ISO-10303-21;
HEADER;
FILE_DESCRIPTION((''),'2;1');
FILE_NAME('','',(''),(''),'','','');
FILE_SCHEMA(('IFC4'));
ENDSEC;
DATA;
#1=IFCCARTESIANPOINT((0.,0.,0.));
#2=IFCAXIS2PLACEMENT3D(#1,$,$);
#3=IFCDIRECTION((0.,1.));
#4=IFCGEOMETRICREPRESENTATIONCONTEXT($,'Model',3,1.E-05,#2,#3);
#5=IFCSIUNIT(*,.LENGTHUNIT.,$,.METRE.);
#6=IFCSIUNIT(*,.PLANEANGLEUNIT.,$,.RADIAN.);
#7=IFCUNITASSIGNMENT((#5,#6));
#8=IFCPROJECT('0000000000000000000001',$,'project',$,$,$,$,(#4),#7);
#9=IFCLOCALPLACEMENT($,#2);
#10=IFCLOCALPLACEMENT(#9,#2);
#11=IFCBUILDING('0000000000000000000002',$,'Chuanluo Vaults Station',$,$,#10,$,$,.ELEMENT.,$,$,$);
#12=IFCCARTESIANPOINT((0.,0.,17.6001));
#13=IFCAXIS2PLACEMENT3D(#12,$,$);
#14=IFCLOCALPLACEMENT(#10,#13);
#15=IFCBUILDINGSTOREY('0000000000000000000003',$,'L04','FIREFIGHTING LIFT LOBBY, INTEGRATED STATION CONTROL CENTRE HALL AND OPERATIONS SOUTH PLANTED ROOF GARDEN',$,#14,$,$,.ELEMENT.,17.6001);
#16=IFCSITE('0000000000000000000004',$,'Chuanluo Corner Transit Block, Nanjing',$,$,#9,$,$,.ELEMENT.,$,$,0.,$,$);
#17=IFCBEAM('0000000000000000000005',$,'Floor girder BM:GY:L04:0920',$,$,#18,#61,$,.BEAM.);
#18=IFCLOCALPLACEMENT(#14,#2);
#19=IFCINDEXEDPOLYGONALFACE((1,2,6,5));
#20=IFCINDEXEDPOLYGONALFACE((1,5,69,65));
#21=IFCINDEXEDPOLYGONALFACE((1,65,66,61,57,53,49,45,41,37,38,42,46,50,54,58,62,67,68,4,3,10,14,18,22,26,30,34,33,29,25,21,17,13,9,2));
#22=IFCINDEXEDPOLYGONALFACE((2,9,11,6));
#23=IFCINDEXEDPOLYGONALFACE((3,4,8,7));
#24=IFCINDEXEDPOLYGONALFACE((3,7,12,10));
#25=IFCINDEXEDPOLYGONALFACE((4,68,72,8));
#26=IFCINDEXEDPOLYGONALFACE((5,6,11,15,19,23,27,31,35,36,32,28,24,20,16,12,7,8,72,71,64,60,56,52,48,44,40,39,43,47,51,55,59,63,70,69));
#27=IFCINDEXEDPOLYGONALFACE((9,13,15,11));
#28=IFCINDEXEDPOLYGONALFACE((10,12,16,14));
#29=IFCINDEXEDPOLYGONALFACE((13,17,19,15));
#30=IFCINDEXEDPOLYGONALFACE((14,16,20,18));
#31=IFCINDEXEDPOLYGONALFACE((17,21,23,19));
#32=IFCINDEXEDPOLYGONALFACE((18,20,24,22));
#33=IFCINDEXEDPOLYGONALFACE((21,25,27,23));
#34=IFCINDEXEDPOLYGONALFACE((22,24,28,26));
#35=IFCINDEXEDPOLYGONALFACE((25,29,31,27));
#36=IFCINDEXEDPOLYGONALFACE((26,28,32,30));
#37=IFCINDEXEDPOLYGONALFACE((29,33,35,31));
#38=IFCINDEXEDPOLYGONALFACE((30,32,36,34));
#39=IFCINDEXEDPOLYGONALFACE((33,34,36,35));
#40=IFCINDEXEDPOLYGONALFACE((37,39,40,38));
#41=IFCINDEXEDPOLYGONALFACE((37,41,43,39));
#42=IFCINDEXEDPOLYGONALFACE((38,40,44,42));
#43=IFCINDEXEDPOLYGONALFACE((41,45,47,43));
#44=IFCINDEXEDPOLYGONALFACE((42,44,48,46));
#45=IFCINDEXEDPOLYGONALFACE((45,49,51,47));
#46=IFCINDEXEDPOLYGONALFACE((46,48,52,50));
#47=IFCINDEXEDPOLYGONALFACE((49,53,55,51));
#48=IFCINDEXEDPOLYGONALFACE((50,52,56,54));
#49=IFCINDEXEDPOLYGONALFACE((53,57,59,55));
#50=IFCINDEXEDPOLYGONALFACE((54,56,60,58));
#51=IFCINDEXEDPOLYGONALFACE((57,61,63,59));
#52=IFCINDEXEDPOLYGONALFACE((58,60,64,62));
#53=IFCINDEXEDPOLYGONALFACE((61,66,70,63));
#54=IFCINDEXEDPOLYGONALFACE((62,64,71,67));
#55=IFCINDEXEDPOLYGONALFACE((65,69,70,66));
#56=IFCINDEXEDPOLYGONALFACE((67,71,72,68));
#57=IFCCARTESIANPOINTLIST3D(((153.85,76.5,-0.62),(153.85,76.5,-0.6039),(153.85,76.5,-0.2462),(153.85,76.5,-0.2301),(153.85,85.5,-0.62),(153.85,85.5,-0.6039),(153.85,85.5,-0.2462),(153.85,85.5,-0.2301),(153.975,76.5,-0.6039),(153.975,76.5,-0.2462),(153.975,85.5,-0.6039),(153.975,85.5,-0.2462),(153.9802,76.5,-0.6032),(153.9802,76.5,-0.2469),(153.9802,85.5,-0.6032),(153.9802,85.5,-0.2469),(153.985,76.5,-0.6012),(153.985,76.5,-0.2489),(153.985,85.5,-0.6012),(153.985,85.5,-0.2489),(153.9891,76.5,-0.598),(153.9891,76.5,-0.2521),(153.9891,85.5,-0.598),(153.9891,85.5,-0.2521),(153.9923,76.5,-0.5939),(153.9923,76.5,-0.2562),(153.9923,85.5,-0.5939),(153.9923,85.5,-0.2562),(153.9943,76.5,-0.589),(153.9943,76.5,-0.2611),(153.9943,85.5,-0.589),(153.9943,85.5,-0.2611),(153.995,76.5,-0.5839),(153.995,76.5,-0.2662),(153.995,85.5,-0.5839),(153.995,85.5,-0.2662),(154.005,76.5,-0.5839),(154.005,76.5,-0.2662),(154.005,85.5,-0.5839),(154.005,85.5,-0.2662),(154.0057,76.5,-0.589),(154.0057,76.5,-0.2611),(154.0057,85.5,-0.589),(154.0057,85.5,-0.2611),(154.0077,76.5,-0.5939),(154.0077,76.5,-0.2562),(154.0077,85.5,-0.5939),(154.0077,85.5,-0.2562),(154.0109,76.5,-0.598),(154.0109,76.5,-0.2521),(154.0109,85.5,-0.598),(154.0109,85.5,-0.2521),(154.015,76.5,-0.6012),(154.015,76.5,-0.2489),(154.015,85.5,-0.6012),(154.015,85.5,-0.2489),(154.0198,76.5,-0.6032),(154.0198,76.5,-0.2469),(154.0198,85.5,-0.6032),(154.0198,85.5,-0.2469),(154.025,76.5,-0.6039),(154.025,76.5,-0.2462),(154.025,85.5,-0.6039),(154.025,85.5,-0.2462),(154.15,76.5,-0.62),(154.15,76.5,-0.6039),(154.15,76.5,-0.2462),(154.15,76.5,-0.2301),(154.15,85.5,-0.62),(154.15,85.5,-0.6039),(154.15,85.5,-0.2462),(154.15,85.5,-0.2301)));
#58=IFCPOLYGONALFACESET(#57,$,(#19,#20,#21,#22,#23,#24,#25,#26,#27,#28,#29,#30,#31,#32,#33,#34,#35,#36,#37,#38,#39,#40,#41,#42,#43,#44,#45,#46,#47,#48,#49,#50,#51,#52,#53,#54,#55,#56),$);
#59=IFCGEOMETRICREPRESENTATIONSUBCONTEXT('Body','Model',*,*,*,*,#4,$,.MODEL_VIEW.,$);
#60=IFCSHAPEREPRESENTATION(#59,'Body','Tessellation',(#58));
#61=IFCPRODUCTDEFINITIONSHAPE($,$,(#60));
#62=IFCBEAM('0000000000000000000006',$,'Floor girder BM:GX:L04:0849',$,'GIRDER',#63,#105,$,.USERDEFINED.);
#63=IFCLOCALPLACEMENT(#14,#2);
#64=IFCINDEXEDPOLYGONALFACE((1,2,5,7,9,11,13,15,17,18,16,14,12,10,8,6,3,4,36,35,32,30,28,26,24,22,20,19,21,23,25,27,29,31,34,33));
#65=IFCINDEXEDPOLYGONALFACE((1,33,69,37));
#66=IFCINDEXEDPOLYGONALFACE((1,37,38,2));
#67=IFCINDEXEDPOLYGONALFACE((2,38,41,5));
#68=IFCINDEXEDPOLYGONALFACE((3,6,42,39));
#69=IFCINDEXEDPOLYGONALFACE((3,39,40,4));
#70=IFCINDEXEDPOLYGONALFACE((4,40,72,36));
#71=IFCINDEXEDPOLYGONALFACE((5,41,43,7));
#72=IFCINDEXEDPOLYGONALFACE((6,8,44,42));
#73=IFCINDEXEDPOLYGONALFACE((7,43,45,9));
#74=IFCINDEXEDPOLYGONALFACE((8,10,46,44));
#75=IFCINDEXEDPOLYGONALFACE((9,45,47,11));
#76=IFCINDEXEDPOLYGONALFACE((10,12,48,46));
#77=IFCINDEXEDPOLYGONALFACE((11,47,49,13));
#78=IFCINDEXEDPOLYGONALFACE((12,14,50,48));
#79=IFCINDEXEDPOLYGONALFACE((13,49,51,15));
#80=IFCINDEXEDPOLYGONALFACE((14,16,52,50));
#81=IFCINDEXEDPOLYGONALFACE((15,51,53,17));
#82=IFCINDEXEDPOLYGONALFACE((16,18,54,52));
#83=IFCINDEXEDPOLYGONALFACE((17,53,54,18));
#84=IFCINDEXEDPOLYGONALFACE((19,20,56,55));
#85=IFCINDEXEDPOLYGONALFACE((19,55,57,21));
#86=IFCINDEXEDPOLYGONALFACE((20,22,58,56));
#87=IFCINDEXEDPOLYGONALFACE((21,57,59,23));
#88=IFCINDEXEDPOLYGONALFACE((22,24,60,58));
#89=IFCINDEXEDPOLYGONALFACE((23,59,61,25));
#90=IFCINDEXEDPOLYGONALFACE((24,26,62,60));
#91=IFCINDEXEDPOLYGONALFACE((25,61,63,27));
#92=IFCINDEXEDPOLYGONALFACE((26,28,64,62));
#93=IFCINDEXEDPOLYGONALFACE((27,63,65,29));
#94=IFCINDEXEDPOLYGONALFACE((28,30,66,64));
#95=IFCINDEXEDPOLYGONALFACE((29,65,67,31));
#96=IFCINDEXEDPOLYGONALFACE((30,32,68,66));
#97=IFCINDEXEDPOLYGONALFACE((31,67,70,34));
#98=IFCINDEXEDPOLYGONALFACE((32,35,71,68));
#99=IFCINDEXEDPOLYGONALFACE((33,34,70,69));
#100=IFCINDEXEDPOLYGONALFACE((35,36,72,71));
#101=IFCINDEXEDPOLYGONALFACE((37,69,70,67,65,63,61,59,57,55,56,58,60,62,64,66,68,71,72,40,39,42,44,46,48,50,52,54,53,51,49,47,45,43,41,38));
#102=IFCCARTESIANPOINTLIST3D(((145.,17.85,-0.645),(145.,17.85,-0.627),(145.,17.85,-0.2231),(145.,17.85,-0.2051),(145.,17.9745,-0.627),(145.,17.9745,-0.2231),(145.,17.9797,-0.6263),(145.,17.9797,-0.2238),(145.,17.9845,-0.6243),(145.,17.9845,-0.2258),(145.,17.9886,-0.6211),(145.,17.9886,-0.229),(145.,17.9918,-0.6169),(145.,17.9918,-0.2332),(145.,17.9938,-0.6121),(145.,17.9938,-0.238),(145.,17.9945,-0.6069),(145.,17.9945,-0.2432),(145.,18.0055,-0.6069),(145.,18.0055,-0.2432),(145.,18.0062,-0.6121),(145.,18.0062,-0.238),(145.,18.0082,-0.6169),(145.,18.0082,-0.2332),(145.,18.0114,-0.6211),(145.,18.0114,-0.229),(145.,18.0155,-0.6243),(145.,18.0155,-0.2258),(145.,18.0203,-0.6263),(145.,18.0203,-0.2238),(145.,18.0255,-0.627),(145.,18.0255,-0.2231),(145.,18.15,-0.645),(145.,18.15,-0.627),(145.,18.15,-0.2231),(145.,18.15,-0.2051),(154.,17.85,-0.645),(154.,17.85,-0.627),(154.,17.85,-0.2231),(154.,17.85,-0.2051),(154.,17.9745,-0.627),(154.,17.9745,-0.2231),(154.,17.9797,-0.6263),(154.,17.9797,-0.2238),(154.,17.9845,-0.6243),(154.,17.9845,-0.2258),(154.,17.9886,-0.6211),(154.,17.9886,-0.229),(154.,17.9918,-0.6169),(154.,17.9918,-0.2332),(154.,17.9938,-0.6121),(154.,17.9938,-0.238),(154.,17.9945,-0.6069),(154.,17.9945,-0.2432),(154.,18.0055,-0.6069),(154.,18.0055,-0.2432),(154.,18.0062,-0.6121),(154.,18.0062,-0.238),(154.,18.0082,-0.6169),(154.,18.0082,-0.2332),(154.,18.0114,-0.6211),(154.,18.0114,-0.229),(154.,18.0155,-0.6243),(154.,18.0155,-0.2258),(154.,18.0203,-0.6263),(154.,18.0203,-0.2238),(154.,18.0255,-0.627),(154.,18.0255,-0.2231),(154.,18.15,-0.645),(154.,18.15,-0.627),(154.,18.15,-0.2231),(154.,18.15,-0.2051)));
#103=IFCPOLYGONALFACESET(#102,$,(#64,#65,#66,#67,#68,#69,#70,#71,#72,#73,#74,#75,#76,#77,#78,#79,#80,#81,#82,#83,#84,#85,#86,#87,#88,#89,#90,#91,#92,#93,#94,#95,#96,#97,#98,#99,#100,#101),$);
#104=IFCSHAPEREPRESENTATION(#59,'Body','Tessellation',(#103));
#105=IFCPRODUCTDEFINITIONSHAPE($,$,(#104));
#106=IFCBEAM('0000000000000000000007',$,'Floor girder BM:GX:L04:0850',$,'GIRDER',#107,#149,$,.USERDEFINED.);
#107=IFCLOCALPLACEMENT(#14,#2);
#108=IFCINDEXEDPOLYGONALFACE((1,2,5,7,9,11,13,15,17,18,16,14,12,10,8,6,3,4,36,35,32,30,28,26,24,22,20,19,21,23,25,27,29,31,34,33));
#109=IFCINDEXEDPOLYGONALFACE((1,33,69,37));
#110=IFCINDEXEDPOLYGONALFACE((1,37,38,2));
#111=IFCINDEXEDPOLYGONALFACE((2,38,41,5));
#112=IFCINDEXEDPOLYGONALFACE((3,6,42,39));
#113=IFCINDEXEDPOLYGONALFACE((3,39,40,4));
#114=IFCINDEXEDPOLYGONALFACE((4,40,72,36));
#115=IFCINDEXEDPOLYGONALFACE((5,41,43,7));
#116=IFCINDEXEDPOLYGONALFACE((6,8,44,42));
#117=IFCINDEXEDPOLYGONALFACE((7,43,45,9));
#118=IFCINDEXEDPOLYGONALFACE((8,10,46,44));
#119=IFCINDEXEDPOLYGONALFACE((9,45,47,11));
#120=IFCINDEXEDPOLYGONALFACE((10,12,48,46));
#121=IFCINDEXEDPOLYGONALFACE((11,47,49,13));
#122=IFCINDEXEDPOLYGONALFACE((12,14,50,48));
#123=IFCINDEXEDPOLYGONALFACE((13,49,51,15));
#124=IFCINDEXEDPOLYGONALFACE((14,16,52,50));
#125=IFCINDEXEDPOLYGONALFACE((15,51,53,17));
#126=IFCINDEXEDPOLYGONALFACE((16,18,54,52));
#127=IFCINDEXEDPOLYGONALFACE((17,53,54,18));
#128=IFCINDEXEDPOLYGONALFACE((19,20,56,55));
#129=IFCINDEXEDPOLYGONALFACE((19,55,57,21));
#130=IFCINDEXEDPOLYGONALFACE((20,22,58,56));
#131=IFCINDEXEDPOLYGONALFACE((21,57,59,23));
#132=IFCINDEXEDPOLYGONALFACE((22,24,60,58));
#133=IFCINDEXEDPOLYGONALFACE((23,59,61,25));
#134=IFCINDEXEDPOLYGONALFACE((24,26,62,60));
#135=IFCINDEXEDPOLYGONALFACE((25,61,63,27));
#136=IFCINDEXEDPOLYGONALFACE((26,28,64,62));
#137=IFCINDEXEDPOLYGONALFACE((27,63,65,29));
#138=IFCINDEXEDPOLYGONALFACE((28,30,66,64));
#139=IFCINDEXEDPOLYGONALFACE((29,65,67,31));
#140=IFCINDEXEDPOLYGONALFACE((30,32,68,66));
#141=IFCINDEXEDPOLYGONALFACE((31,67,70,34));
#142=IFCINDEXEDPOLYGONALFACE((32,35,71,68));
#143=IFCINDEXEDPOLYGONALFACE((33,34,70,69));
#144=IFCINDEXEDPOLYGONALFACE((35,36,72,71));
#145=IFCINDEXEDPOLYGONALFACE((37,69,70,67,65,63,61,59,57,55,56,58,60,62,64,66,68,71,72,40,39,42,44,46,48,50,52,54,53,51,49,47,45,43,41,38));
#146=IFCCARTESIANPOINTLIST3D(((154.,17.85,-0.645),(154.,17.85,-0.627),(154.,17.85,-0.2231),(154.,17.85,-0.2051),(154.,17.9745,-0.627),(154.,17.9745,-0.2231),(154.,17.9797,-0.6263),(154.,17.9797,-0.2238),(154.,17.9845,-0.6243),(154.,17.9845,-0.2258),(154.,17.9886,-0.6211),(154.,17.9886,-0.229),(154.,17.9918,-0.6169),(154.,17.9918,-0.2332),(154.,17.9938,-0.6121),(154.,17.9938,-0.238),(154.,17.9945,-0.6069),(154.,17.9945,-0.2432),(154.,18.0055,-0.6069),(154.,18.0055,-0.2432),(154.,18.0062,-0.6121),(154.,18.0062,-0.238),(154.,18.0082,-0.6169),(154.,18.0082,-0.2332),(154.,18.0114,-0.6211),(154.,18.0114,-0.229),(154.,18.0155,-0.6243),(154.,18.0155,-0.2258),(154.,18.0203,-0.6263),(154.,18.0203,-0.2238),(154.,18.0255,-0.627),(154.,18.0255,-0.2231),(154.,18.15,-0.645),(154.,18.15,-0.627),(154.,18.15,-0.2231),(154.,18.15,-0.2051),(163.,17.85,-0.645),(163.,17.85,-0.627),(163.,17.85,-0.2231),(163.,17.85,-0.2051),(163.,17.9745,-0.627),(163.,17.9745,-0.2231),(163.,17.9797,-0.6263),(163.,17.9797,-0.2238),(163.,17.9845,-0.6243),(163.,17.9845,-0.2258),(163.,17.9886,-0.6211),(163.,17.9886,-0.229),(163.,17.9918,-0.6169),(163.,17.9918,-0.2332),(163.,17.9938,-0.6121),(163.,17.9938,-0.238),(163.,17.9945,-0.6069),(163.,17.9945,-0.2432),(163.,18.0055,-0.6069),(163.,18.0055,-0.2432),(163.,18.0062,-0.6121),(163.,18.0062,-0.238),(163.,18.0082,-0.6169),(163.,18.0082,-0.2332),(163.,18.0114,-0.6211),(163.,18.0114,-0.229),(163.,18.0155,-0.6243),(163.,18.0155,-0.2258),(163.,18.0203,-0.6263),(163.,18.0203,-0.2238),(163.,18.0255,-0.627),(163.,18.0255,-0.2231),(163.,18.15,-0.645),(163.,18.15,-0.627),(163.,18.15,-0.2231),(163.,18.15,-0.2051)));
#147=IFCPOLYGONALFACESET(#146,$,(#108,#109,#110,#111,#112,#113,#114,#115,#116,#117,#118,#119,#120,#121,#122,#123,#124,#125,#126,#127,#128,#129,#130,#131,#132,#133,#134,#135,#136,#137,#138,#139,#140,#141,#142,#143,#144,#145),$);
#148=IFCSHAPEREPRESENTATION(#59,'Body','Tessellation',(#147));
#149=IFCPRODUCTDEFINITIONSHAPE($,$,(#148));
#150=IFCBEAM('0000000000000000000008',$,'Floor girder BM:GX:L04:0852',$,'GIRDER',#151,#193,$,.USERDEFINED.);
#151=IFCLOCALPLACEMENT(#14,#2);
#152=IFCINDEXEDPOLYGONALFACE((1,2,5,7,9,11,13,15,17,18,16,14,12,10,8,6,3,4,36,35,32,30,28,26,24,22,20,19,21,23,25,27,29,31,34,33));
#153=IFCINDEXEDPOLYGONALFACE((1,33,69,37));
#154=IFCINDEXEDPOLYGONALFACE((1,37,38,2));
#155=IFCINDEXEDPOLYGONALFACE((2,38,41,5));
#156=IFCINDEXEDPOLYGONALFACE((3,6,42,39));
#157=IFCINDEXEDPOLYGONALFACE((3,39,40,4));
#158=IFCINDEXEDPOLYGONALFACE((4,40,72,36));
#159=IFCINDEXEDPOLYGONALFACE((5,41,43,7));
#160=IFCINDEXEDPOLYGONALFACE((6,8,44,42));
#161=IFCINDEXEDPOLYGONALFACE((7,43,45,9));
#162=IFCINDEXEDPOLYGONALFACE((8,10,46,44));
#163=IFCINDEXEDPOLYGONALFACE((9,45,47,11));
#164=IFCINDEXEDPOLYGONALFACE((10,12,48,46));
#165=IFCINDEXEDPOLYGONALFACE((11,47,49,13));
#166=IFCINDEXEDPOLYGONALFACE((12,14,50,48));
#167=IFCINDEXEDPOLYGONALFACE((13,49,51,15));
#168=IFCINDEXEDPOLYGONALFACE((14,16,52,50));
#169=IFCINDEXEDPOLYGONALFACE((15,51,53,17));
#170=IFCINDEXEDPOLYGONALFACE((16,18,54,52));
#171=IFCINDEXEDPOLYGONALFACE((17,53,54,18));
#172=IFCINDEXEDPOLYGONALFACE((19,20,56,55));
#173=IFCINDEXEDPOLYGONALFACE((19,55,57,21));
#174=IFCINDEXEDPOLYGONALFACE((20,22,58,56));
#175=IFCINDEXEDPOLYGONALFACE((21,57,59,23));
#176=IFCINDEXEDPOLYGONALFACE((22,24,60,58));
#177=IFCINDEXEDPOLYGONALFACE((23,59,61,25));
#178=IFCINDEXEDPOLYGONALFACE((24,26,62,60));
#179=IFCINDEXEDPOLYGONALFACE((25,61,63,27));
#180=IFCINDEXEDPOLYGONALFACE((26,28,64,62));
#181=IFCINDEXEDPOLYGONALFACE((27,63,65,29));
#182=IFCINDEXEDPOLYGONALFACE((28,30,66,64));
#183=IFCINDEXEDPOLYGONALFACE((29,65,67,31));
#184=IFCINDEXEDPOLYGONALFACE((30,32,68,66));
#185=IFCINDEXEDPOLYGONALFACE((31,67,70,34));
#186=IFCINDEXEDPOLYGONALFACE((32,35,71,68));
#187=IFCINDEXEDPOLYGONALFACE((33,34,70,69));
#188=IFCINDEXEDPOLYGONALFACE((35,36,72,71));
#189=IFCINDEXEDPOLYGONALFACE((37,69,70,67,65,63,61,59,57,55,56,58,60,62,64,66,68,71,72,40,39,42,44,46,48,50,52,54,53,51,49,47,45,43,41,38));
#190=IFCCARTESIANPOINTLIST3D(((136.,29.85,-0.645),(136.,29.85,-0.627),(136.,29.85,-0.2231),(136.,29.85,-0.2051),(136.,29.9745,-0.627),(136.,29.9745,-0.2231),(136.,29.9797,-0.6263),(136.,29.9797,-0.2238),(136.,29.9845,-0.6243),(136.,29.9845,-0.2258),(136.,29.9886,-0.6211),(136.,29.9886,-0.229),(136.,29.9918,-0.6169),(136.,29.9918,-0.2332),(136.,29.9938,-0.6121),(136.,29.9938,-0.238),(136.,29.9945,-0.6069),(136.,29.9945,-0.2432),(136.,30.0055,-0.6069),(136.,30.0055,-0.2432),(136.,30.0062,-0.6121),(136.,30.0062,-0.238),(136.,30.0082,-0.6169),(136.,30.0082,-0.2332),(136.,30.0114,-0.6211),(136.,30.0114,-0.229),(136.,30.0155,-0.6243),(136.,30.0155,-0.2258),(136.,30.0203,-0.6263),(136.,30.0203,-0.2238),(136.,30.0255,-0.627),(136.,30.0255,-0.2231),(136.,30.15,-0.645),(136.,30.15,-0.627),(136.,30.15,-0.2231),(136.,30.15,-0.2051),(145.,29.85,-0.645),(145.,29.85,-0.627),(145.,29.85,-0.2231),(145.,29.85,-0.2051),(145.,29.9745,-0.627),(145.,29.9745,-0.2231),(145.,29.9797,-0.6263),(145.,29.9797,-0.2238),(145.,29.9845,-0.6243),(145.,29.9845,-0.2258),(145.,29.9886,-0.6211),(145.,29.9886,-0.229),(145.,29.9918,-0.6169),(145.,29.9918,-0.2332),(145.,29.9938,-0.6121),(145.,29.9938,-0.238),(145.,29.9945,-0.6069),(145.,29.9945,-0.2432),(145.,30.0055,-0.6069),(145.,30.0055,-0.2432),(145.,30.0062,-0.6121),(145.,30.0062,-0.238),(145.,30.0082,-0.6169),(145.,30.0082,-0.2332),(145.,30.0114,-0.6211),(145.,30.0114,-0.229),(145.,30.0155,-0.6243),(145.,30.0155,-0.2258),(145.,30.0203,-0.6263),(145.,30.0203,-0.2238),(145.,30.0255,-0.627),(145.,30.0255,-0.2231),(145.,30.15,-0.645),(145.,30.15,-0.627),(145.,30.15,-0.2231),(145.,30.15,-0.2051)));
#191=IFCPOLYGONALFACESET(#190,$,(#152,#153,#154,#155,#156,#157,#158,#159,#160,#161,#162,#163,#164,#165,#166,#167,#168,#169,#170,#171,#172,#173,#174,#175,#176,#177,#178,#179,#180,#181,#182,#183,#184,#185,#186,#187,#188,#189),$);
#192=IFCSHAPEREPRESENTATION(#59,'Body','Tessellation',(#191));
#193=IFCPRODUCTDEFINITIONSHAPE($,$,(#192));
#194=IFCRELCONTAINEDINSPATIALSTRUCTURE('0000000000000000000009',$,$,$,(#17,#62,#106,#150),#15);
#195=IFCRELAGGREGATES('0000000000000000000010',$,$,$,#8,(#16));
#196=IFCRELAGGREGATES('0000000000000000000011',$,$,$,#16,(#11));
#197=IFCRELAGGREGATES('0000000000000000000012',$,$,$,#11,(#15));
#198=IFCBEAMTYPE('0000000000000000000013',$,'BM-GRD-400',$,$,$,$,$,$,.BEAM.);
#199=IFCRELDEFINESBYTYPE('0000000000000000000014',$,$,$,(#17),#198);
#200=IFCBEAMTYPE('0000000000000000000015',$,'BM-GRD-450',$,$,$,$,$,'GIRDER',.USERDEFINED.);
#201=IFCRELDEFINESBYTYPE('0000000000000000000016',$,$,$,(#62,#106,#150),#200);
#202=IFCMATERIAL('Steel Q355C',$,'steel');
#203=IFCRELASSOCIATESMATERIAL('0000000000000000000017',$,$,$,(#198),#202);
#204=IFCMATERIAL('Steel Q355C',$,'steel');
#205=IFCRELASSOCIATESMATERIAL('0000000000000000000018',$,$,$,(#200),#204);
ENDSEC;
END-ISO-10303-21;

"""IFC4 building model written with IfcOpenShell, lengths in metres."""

from ifc_helpers import new_model, si_unit, direction, frame, origin, origin_2d, place, context, subcontext, project, spatial, i_section, extrude, material, material_profile, profile_set, type_object, element, save


model = new_model("IFC4")

# Units and contexts
model_context = context("Model", 3, precision=1e-05, world=origin(), true_north=direction((0.0, 1.0)))
body_context = subcontext(model_context, "Body", "Model", "MODEL_VIEW")
ifc_project = project(units=[si_unit("LENGTHUNIT", "METRE"), si_unit("PLANEANGLEUNIT", "RADIAN")], contexts=[model_context])

# Site, building, storey
site_placement = place(None, origin())
site = spatial("IfcSite", under=ifc_project, at=site_placement, Name="Chuanluo Corner Transit Block, Nanjing", CompositionType="ELEMENT", RefElevation=0.0)
building_placement = place(site_placement, origin())
building = spatial("IfcBuilding", under=site, at=building_placement, Name="Chuanluo Vaults Station", CompositionType="ELEMENT")
storey_placement = place(building_placement, frame((0.0, 0.0, 17.6001)))
storey = spatial("IfcBuildingStorey", under=building, at=storey_placement, Name="L04", Description="FIREFIGHTING LIFT LOBBY, INTEGRATED STATION CONTROL CENTRE HALL AND OPERATIONS SOUTH PLANTED ROOF GARDEN", CompositionType="ELEMENT", Elevation=17.6001)

# Beams
ifc_material_1 = material(Name="Steel Q355C", Category="steel")
ifc_material_profile_1 = material_profile(ifc_material_1, i_section(OverallWidth=0.3, OverallDepth=0.3899, WebThickness=0.01, FlangeThickness=0.0161, FilletRadius=0.02, at=origin_2d()))
ifc_profile_set_1 = profile_set([ifc_material_profile_1], Name="Steel Q355C")
beam_type_1 = type_object("IfcBeamType", Name="BM-GRD-400", PredefinedType="BEAM", material=ifc_profile_set_1)
for number, where, z_axis, x_axis, name in (
    (1, (154.0, 76.5, -0.425), (0.0, 1.0, 0.0), (-1.0, 0.0, 0.0), "Floor girder BM:GY:L04:0920"),
):
    element("IfcBeam", number, at=place(storey_placement, frame(where, z_axis=z_axis, x_axis=x_axis)), inside=storey, type_object=beam_type_1, Name=name, PredefinedType="BEAM", context=body_context, shape_type="SweptSolid", body=[
        extrude(i_section(OverallWidth=0.3, OverallDepth=0.3899, WebThickness=0.01, FlangeThickness=0.0161, FilletRadius=0.02, at=origin_2d()), origin(), (0.0, 0.0, 1.0), 9.0),
    ])
ifc_material_2 = material(Name="Steel Q355C", Category="steel")
ifc_material_profile_2 = material_profile(ifc_material_2, i_section(OverallWidth=0.3, OverallDepth=0.4399, WebThickness=0.011, FlangeThickness=0.0181, FilletRadius=0.02, at=origin_2d()))
ifc_profile_set_2 = profile_set([ifc_material_profile_2], Name="Steel Q355C")
beam_type_2 = type_object("IfcBeamType", Name="BM-GRD-450", ElementType="GIRDER", PredefinedType="USERDEFINED", material=ifc_profile_set_2)
for number, where, z_axis, x_axis, name in (
    (2, (145.0, 18.0, -0.425), (1.0, 0.0, 0.0), (0.0, 1.0, 0.0), "Floor girder BM:GX:L04:0849"),
    (3, (154.0, 18.0, -0.425), (1.0, 0.0, 0.0), (0.0, 1.0, 0.0), "Floor girder BM:GX:L04:0850"),
    (4, (136.0, 30.0, -0.425), (1.0, 0.0, 0.0), (0.0, 1.0, 0.0), "Floor girder BM:GX:L04:0852"),
):
    element("IfcBeam", number, at=place(storey_placement, frame(where, z_axis=z_axis, x_axis=x_axis)), inside=storey, type_object=beam_type_2, Name=name, ObjectType="GIRDER", PredefinedType="USERDEFINED", context=body_context, shape_type="SweptSolid", body=[
        extrude(i_section(OverallWidth=0.3, OverallDepth=0.4399, WebThickness=0.011, FlangeThickness=0.0181, FilletRadius=0.02, at=origin_2d()), origin(), (0.0, 0.0, 1.0), 9.0),
    ])

save(model, "model.ifc")
